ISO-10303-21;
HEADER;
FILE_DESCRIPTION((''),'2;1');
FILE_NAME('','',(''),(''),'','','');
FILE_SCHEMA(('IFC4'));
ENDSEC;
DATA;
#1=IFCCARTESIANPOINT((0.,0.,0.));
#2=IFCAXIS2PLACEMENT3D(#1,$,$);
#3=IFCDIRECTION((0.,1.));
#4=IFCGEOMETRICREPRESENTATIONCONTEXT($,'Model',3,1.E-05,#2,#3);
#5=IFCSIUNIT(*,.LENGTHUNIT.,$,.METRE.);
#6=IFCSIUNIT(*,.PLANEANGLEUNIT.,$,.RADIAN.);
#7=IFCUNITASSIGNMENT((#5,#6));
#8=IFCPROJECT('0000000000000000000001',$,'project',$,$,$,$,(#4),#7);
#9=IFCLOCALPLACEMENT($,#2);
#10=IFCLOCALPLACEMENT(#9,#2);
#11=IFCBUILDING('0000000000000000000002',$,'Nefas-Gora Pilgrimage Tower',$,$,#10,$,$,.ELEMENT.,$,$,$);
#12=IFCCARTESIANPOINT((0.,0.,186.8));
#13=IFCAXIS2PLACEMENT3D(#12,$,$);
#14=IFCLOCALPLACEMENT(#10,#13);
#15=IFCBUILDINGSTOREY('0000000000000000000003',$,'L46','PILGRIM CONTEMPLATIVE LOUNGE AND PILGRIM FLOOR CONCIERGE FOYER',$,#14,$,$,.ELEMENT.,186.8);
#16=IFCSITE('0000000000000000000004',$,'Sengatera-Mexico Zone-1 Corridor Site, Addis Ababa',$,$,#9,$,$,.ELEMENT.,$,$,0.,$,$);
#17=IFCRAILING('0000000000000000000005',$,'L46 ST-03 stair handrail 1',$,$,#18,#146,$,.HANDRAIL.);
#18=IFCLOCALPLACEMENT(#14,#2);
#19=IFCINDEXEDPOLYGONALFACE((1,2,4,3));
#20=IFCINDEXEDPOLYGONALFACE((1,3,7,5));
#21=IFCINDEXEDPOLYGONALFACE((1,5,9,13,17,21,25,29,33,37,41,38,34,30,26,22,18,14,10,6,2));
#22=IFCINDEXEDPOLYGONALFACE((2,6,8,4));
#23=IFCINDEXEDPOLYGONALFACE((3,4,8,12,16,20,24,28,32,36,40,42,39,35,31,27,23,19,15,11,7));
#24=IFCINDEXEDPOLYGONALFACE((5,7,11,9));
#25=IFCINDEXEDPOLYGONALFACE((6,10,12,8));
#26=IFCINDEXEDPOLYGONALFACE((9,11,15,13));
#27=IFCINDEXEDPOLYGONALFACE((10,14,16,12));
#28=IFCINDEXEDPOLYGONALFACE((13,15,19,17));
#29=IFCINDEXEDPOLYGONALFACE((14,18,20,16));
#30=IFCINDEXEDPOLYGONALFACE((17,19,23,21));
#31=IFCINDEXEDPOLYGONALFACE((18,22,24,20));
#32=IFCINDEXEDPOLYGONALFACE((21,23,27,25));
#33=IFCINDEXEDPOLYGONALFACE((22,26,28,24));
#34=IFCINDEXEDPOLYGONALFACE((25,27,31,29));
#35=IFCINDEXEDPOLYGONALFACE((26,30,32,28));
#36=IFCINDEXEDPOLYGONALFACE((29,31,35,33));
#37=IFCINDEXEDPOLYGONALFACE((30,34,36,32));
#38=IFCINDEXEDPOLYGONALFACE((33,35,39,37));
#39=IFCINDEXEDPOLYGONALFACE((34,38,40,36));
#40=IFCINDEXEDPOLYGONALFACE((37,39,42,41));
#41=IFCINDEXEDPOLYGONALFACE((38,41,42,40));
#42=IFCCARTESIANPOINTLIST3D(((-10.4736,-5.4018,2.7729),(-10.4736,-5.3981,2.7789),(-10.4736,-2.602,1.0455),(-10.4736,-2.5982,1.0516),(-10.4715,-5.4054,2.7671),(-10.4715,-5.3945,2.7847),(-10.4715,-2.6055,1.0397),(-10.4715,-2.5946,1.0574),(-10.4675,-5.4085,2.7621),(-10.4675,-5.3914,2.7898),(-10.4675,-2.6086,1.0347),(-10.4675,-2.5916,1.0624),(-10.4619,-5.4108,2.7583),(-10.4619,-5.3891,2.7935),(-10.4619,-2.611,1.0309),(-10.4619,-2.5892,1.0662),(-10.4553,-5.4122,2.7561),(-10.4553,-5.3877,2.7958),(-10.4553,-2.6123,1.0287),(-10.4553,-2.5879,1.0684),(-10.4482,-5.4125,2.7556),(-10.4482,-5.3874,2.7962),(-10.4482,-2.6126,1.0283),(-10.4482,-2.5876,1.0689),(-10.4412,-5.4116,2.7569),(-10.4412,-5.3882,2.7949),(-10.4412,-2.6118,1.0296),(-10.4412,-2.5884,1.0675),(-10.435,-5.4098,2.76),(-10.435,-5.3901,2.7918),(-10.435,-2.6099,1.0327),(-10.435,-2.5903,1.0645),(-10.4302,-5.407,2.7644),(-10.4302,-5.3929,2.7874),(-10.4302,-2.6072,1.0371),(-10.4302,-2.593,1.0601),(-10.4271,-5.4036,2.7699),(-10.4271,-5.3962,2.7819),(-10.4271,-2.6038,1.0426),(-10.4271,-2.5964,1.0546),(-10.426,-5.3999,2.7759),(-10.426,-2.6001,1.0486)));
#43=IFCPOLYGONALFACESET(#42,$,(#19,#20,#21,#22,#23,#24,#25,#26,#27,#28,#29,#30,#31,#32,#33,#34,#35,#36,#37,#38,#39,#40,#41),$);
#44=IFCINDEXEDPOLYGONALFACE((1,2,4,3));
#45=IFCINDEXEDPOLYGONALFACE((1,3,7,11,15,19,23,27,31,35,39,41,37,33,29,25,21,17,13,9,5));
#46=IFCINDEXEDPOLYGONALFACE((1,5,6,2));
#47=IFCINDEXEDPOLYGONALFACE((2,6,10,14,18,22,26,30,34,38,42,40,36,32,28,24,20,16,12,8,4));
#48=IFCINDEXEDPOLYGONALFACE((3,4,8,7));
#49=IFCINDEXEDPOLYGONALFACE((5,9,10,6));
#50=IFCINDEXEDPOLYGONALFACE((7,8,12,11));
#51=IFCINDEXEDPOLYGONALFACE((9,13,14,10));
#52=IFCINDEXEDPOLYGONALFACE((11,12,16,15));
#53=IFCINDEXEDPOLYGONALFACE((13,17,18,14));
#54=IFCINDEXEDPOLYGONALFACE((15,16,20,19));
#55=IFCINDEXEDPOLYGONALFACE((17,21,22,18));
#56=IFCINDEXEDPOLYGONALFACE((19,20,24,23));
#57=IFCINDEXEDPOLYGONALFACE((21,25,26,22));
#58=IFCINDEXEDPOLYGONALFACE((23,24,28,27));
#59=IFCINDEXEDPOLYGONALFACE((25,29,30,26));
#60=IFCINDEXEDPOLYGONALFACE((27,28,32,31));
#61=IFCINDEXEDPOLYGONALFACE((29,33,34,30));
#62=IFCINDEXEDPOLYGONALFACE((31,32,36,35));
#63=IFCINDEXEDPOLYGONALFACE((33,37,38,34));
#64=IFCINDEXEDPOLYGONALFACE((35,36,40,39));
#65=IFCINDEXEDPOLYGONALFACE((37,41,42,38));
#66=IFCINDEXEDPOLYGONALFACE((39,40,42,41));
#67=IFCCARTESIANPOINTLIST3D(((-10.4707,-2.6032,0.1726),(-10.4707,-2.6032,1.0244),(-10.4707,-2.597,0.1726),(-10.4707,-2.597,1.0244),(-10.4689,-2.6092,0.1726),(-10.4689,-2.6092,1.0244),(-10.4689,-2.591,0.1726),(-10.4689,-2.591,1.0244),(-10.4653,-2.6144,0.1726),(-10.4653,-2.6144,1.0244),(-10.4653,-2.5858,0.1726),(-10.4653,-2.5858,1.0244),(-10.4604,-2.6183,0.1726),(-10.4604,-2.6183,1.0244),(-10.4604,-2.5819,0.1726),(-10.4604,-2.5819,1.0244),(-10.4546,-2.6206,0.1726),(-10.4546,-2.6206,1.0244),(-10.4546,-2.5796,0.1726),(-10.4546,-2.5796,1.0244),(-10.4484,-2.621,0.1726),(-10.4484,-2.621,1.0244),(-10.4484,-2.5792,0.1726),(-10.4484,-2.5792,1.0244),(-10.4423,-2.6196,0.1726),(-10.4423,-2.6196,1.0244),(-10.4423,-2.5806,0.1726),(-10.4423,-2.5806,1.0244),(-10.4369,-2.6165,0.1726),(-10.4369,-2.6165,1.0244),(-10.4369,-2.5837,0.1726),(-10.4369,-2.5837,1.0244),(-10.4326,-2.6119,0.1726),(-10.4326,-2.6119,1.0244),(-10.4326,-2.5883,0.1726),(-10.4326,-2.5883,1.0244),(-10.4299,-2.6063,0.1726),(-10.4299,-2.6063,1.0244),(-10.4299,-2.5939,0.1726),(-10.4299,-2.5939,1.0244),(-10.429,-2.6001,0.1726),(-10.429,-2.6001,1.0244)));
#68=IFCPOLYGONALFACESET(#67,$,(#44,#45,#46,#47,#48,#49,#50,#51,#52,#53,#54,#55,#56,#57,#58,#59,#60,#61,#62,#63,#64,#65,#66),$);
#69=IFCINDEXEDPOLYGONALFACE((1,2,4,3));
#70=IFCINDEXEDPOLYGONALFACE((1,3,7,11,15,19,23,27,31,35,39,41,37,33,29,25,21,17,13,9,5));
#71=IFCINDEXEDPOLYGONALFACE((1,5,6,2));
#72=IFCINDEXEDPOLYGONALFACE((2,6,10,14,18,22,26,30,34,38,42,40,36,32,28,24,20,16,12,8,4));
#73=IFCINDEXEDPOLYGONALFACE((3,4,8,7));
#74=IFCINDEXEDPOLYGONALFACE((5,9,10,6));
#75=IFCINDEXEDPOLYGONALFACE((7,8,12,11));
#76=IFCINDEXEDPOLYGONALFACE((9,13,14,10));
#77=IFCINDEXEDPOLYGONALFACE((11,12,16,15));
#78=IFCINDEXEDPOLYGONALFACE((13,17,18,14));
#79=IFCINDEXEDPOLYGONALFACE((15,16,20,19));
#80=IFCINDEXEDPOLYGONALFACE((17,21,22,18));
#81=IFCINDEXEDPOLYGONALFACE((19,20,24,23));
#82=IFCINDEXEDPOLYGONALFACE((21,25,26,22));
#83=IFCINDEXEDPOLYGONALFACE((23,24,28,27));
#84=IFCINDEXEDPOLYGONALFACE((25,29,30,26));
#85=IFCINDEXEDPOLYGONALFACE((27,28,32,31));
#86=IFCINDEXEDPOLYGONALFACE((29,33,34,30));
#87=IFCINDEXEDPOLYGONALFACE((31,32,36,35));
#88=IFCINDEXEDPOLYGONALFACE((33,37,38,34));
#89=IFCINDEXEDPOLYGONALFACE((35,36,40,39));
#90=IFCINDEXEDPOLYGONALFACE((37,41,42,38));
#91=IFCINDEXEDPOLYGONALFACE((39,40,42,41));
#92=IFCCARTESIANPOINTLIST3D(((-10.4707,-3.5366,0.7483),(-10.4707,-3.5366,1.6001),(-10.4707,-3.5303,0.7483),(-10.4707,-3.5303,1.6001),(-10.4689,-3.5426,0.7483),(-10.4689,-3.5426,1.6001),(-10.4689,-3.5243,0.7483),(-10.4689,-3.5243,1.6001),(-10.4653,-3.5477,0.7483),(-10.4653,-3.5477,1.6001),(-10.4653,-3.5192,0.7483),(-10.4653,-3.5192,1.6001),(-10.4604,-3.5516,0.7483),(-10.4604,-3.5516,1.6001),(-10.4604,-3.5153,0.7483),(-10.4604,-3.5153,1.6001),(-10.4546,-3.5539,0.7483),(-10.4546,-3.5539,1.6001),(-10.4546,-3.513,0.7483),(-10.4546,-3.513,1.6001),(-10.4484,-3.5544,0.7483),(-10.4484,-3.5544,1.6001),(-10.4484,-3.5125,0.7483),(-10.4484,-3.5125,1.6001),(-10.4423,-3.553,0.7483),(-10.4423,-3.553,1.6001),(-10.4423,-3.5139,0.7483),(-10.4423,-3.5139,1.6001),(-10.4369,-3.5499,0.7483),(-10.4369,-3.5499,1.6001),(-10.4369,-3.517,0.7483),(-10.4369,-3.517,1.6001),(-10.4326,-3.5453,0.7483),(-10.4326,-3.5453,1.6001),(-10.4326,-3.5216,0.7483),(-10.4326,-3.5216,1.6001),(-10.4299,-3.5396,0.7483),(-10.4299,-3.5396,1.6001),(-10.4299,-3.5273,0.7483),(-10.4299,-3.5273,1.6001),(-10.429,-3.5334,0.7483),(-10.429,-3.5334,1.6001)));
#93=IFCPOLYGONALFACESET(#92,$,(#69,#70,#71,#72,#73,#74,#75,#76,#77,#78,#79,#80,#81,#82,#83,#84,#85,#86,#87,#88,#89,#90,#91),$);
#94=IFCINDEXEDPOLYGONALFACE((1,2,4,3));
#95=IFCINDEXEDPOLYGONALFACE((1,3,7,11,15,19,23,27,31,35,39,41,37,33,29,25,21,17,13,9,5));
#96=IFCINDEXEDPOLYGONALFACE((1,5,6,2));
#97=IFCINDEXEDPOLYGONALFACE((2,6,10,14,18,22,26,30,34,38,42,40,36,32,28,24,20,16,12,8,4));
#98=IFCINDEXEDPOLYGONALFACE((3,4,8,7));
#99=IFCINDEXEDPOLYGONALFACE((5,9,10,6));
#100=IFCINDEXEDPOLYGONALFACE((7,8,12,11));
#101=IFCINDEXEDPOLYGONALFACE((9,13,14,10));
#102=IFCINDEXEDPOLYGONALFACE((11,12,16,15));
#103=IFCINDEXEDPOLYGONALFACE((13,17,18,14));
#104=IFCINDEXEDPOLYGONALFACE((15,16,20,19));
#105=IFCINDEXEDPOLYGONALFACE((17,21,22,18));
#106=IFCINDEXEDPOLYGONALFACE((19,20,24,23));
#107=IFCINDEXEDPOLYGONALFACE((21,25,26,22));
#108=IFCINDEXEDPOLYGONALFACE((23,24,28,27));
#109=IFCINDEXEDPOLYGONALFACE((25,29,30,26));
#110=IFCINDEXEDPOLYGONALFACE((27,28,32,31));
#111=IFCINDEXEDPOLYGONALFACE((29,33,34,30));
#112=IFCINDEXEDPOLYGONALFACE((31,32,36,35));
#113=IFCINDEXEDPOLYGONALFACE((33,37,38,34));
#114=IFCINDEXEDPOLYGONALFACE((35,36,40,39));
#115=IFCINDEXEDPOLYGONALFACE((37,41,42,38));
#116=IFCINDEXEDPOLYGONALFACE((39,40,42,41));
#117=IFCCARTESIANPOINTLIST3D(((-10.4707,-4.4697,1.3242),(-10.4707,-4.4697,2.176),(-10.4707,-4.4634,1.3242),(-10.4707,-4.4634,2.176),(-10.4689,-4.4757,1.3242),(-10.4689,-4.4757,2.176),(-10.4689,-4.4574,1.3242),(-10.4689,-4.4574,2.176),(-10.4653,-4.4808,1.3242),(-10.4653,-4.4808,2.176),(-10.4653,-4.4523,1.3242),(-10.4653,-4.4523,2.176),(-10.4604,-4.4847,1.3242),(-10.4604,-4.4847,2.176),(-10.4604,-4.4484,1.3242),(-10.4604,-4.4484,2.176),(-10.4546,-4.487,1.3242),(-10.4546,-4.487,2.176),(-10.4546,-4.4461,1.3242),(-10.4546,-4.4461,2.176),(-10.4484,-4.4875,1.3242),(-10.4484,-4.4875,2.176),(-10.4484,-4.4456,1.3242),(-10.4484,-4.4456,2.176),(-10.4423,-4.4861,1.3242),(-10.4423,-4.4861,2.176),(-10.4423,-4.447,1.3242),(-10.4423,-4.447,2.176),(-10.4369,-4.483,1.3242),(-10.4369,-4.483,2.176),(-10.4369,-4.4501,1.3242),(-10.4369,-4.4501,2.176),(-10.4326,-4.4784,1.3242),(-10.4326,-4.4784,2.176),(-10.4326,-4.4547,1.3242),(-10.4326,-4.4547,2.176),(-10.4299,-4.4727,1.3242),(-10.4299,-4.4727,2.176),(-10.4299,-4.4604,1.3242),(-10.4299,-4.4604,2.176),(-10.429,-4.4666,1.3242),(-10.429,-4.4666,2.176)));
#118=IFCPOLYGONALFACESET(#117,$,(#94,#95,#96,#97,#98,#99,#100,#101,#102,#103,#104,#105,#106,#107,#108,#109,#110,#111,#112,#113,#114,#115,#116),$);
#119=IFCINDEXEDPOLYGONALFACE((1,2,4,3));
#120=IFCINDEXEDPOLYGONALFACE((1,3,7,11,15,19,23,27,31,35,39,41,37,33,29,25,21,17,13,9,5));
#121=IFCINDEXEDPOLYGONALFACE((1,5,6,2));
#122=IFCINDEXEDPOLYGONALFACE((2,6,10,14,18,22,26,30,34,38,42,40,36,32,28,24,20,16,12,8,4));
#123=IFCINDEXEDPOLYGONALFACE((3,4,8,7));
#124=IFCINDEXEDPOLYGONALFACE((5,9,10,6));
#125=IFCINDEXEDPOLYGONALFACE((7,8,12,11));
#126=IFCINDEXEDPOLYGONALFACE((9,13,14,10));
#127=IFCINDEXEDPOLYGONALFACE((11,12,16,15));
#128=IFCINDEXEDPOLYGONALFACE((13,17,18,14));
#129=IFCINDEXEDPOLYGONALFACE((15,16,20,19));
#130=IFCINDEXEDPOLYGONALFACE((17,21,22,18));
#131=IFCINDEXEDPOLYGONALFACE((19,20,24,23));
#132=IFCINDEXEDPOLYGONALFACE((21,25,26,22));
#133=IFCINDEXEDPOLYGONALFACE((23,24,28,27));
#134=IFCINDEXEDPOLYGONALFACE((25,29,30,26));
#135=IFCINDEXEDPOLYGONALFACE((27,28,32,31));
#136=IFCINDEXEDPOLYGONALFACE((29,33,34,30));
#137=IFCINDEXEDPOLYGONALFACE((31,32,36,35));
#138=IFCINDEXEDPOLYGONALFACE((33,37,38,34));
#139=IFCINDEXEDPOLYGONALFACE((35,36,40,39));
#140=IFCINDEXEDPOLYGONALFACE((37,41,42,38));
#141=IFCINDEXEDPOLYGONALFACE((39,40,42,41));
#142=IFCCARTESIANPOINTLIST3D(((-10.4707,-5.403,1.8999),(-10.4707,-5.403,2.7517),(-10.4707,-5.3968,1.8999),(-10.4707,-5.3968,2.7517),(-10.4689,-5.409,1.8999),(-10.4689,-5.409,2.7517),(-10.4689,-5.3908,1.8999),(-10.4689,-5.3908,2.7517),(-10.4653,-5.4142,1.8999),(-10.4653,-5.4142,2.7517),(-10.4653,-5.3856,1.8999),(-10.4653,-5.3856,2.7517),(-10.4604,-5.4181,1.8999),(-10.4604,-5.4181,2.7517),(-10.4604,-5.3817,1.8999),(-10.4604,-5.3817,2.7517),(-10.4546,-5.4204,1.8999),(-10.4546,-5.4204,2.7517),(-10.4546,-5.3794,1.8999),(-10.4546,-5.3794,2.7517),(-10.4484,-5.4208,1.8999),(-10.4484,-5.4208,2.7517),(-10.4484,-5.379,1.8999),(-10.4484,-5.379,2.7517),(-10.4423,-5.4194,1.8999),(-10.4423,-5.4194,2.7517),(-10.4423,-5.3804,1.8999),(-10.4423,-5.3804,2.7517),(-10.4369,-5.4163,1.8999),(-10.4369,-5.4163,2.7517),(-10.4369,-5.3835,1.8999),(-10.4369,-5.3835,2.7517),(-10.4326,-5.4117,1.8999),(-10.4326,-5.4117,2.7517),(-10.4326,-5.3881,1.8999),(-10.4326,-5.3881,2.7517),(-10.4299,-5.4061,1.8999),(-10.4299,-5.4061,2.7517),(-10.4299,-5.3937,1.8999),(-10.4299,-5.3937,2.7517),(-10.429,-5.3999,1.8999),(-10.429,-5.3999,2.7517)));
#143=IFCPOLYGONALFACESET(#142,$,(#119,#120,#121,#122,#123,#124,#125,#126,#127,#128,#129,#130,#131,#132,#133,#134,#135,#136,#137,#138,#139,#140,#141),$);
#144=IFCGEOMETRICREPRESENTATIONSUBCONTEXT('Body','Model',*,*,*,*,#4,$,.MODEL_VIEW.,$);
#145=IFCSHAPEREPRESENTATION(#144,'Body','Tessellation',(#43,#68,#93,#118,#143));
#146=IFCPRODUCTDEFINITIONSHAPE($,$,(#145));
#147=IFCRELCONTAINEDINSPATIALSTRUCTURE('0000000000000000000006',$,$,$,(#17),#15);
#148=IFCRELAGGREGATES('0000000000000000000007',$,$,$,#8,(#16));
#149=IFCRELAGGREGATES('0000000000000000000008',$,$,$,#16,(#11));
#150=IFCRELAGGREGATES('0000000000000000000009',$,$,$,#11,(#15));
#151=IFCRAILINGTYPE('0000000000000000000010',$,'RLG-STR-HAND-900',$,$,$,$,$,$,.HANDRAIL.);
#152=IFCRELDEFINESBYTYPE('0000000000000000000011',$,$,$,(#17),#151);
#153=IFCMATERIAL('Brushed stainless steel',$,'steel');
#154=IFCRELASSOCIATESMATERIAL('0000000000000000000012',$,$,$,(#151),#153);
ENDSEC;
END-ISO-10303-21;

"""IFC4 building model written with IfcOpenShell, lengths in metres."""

from ifc_helpers import new_model, si_unit, direction, frame, origin, origin_2d, place, context, subcontext, project, spatial, circle, extrude, material, type_object, element, save


model = new_model("IFC4")

# Units and contexts
model_context = context("Model", 3, precision=1e-05, world=origin(), true_north=direction((0.0, 1.0)))
body_context = subcontext(model_context, "Body", "Model", "MODEL_VIEW")
ifc_project = project(units=[si_unit("LENGTHUNIT", "METRE"), si_unit("PLANEANGLEUNIT", "RADIAN")], contexts=[model_context])

# Site, building, storey
site_placement = place(None, origin())
site = spatial("IfcSite", under=ifc_project, at=site_placement, Name="Sengatera-Mexico Zone-1 Corridor Site, Addis Ababa", CompositionType="ELEMENT", RefElevation=0.0)
building_placement = place(site_placement, origin())
building = spatial("IfcBuilding", under=site, at=building_placement, Name="Nefas-Gora Pilgrimage Tower", CompositionType="ELEMENT")
storey_placement = place(building_placement, frame((0.0, 0.0, 186.8)))
storey = spatial("IfcBuildingStorey", under=building, at=storey_placement, Name="L46", Description="PILGRIM CONTEMPLATIVE LOUNGE AND PILGRIM FLOOR CONCIERGE FOYER", CompositionType="ELEMENT", Elevation=186.8)

# Railing
ifc_material_1 = material(Name="Brushed stainless steel", Category="steel")
railing_type_1 = type_object("IfcRailingType", Name="RLG-STR-HAND-900", PredefinedType="HANDRAIL", material=ifc_material_1)
railing_1_placement = place(storey_placement, frame((-10.45, -2.6001, 0.1726)))
element("IfcRailing", 1, at=railing_1_placement, inside=storey, type_object=railing_type_1, Name="L46 ST-03 stair handrail 1", PredefinedType="HANDRAIL", context=body_context, shape_type="SweptSolid", body=[
    extrude(circle(Radius=0.0239, at=origin_2d()), frame((0.0, 0.0, 0.876), z_axis=(0.0, -0.851069, 0.525054), x_axis=(1.0, 0.0, 0.0)), (0.0, 0.0, 1.0), 3.2898),
    extrude(circle(Radius=0.021, at=origin_2d()), origin(), (0.0, 0.0, 1.0), 0.8518),
    extrude(circle(Radius=0.021, at=origin_2d()), frame((0.0, -0.9333, 0.5757)), (0.0, 0.0, 1.0), 0.8518),
    extrude(circle(Radius=0.021, at=origin_2d()), frame((0.0, -1.8665, 1.1516)), (0.0, 0.0, 1.0), 0.8518),
    extrude(circle(Radius=0.021, at=origin_2d()), frame((0.0, -2.7998, 1.7273)), (0.0, 0.0, 1.0), 0.8518),
])

save(model, "model.ifc")
